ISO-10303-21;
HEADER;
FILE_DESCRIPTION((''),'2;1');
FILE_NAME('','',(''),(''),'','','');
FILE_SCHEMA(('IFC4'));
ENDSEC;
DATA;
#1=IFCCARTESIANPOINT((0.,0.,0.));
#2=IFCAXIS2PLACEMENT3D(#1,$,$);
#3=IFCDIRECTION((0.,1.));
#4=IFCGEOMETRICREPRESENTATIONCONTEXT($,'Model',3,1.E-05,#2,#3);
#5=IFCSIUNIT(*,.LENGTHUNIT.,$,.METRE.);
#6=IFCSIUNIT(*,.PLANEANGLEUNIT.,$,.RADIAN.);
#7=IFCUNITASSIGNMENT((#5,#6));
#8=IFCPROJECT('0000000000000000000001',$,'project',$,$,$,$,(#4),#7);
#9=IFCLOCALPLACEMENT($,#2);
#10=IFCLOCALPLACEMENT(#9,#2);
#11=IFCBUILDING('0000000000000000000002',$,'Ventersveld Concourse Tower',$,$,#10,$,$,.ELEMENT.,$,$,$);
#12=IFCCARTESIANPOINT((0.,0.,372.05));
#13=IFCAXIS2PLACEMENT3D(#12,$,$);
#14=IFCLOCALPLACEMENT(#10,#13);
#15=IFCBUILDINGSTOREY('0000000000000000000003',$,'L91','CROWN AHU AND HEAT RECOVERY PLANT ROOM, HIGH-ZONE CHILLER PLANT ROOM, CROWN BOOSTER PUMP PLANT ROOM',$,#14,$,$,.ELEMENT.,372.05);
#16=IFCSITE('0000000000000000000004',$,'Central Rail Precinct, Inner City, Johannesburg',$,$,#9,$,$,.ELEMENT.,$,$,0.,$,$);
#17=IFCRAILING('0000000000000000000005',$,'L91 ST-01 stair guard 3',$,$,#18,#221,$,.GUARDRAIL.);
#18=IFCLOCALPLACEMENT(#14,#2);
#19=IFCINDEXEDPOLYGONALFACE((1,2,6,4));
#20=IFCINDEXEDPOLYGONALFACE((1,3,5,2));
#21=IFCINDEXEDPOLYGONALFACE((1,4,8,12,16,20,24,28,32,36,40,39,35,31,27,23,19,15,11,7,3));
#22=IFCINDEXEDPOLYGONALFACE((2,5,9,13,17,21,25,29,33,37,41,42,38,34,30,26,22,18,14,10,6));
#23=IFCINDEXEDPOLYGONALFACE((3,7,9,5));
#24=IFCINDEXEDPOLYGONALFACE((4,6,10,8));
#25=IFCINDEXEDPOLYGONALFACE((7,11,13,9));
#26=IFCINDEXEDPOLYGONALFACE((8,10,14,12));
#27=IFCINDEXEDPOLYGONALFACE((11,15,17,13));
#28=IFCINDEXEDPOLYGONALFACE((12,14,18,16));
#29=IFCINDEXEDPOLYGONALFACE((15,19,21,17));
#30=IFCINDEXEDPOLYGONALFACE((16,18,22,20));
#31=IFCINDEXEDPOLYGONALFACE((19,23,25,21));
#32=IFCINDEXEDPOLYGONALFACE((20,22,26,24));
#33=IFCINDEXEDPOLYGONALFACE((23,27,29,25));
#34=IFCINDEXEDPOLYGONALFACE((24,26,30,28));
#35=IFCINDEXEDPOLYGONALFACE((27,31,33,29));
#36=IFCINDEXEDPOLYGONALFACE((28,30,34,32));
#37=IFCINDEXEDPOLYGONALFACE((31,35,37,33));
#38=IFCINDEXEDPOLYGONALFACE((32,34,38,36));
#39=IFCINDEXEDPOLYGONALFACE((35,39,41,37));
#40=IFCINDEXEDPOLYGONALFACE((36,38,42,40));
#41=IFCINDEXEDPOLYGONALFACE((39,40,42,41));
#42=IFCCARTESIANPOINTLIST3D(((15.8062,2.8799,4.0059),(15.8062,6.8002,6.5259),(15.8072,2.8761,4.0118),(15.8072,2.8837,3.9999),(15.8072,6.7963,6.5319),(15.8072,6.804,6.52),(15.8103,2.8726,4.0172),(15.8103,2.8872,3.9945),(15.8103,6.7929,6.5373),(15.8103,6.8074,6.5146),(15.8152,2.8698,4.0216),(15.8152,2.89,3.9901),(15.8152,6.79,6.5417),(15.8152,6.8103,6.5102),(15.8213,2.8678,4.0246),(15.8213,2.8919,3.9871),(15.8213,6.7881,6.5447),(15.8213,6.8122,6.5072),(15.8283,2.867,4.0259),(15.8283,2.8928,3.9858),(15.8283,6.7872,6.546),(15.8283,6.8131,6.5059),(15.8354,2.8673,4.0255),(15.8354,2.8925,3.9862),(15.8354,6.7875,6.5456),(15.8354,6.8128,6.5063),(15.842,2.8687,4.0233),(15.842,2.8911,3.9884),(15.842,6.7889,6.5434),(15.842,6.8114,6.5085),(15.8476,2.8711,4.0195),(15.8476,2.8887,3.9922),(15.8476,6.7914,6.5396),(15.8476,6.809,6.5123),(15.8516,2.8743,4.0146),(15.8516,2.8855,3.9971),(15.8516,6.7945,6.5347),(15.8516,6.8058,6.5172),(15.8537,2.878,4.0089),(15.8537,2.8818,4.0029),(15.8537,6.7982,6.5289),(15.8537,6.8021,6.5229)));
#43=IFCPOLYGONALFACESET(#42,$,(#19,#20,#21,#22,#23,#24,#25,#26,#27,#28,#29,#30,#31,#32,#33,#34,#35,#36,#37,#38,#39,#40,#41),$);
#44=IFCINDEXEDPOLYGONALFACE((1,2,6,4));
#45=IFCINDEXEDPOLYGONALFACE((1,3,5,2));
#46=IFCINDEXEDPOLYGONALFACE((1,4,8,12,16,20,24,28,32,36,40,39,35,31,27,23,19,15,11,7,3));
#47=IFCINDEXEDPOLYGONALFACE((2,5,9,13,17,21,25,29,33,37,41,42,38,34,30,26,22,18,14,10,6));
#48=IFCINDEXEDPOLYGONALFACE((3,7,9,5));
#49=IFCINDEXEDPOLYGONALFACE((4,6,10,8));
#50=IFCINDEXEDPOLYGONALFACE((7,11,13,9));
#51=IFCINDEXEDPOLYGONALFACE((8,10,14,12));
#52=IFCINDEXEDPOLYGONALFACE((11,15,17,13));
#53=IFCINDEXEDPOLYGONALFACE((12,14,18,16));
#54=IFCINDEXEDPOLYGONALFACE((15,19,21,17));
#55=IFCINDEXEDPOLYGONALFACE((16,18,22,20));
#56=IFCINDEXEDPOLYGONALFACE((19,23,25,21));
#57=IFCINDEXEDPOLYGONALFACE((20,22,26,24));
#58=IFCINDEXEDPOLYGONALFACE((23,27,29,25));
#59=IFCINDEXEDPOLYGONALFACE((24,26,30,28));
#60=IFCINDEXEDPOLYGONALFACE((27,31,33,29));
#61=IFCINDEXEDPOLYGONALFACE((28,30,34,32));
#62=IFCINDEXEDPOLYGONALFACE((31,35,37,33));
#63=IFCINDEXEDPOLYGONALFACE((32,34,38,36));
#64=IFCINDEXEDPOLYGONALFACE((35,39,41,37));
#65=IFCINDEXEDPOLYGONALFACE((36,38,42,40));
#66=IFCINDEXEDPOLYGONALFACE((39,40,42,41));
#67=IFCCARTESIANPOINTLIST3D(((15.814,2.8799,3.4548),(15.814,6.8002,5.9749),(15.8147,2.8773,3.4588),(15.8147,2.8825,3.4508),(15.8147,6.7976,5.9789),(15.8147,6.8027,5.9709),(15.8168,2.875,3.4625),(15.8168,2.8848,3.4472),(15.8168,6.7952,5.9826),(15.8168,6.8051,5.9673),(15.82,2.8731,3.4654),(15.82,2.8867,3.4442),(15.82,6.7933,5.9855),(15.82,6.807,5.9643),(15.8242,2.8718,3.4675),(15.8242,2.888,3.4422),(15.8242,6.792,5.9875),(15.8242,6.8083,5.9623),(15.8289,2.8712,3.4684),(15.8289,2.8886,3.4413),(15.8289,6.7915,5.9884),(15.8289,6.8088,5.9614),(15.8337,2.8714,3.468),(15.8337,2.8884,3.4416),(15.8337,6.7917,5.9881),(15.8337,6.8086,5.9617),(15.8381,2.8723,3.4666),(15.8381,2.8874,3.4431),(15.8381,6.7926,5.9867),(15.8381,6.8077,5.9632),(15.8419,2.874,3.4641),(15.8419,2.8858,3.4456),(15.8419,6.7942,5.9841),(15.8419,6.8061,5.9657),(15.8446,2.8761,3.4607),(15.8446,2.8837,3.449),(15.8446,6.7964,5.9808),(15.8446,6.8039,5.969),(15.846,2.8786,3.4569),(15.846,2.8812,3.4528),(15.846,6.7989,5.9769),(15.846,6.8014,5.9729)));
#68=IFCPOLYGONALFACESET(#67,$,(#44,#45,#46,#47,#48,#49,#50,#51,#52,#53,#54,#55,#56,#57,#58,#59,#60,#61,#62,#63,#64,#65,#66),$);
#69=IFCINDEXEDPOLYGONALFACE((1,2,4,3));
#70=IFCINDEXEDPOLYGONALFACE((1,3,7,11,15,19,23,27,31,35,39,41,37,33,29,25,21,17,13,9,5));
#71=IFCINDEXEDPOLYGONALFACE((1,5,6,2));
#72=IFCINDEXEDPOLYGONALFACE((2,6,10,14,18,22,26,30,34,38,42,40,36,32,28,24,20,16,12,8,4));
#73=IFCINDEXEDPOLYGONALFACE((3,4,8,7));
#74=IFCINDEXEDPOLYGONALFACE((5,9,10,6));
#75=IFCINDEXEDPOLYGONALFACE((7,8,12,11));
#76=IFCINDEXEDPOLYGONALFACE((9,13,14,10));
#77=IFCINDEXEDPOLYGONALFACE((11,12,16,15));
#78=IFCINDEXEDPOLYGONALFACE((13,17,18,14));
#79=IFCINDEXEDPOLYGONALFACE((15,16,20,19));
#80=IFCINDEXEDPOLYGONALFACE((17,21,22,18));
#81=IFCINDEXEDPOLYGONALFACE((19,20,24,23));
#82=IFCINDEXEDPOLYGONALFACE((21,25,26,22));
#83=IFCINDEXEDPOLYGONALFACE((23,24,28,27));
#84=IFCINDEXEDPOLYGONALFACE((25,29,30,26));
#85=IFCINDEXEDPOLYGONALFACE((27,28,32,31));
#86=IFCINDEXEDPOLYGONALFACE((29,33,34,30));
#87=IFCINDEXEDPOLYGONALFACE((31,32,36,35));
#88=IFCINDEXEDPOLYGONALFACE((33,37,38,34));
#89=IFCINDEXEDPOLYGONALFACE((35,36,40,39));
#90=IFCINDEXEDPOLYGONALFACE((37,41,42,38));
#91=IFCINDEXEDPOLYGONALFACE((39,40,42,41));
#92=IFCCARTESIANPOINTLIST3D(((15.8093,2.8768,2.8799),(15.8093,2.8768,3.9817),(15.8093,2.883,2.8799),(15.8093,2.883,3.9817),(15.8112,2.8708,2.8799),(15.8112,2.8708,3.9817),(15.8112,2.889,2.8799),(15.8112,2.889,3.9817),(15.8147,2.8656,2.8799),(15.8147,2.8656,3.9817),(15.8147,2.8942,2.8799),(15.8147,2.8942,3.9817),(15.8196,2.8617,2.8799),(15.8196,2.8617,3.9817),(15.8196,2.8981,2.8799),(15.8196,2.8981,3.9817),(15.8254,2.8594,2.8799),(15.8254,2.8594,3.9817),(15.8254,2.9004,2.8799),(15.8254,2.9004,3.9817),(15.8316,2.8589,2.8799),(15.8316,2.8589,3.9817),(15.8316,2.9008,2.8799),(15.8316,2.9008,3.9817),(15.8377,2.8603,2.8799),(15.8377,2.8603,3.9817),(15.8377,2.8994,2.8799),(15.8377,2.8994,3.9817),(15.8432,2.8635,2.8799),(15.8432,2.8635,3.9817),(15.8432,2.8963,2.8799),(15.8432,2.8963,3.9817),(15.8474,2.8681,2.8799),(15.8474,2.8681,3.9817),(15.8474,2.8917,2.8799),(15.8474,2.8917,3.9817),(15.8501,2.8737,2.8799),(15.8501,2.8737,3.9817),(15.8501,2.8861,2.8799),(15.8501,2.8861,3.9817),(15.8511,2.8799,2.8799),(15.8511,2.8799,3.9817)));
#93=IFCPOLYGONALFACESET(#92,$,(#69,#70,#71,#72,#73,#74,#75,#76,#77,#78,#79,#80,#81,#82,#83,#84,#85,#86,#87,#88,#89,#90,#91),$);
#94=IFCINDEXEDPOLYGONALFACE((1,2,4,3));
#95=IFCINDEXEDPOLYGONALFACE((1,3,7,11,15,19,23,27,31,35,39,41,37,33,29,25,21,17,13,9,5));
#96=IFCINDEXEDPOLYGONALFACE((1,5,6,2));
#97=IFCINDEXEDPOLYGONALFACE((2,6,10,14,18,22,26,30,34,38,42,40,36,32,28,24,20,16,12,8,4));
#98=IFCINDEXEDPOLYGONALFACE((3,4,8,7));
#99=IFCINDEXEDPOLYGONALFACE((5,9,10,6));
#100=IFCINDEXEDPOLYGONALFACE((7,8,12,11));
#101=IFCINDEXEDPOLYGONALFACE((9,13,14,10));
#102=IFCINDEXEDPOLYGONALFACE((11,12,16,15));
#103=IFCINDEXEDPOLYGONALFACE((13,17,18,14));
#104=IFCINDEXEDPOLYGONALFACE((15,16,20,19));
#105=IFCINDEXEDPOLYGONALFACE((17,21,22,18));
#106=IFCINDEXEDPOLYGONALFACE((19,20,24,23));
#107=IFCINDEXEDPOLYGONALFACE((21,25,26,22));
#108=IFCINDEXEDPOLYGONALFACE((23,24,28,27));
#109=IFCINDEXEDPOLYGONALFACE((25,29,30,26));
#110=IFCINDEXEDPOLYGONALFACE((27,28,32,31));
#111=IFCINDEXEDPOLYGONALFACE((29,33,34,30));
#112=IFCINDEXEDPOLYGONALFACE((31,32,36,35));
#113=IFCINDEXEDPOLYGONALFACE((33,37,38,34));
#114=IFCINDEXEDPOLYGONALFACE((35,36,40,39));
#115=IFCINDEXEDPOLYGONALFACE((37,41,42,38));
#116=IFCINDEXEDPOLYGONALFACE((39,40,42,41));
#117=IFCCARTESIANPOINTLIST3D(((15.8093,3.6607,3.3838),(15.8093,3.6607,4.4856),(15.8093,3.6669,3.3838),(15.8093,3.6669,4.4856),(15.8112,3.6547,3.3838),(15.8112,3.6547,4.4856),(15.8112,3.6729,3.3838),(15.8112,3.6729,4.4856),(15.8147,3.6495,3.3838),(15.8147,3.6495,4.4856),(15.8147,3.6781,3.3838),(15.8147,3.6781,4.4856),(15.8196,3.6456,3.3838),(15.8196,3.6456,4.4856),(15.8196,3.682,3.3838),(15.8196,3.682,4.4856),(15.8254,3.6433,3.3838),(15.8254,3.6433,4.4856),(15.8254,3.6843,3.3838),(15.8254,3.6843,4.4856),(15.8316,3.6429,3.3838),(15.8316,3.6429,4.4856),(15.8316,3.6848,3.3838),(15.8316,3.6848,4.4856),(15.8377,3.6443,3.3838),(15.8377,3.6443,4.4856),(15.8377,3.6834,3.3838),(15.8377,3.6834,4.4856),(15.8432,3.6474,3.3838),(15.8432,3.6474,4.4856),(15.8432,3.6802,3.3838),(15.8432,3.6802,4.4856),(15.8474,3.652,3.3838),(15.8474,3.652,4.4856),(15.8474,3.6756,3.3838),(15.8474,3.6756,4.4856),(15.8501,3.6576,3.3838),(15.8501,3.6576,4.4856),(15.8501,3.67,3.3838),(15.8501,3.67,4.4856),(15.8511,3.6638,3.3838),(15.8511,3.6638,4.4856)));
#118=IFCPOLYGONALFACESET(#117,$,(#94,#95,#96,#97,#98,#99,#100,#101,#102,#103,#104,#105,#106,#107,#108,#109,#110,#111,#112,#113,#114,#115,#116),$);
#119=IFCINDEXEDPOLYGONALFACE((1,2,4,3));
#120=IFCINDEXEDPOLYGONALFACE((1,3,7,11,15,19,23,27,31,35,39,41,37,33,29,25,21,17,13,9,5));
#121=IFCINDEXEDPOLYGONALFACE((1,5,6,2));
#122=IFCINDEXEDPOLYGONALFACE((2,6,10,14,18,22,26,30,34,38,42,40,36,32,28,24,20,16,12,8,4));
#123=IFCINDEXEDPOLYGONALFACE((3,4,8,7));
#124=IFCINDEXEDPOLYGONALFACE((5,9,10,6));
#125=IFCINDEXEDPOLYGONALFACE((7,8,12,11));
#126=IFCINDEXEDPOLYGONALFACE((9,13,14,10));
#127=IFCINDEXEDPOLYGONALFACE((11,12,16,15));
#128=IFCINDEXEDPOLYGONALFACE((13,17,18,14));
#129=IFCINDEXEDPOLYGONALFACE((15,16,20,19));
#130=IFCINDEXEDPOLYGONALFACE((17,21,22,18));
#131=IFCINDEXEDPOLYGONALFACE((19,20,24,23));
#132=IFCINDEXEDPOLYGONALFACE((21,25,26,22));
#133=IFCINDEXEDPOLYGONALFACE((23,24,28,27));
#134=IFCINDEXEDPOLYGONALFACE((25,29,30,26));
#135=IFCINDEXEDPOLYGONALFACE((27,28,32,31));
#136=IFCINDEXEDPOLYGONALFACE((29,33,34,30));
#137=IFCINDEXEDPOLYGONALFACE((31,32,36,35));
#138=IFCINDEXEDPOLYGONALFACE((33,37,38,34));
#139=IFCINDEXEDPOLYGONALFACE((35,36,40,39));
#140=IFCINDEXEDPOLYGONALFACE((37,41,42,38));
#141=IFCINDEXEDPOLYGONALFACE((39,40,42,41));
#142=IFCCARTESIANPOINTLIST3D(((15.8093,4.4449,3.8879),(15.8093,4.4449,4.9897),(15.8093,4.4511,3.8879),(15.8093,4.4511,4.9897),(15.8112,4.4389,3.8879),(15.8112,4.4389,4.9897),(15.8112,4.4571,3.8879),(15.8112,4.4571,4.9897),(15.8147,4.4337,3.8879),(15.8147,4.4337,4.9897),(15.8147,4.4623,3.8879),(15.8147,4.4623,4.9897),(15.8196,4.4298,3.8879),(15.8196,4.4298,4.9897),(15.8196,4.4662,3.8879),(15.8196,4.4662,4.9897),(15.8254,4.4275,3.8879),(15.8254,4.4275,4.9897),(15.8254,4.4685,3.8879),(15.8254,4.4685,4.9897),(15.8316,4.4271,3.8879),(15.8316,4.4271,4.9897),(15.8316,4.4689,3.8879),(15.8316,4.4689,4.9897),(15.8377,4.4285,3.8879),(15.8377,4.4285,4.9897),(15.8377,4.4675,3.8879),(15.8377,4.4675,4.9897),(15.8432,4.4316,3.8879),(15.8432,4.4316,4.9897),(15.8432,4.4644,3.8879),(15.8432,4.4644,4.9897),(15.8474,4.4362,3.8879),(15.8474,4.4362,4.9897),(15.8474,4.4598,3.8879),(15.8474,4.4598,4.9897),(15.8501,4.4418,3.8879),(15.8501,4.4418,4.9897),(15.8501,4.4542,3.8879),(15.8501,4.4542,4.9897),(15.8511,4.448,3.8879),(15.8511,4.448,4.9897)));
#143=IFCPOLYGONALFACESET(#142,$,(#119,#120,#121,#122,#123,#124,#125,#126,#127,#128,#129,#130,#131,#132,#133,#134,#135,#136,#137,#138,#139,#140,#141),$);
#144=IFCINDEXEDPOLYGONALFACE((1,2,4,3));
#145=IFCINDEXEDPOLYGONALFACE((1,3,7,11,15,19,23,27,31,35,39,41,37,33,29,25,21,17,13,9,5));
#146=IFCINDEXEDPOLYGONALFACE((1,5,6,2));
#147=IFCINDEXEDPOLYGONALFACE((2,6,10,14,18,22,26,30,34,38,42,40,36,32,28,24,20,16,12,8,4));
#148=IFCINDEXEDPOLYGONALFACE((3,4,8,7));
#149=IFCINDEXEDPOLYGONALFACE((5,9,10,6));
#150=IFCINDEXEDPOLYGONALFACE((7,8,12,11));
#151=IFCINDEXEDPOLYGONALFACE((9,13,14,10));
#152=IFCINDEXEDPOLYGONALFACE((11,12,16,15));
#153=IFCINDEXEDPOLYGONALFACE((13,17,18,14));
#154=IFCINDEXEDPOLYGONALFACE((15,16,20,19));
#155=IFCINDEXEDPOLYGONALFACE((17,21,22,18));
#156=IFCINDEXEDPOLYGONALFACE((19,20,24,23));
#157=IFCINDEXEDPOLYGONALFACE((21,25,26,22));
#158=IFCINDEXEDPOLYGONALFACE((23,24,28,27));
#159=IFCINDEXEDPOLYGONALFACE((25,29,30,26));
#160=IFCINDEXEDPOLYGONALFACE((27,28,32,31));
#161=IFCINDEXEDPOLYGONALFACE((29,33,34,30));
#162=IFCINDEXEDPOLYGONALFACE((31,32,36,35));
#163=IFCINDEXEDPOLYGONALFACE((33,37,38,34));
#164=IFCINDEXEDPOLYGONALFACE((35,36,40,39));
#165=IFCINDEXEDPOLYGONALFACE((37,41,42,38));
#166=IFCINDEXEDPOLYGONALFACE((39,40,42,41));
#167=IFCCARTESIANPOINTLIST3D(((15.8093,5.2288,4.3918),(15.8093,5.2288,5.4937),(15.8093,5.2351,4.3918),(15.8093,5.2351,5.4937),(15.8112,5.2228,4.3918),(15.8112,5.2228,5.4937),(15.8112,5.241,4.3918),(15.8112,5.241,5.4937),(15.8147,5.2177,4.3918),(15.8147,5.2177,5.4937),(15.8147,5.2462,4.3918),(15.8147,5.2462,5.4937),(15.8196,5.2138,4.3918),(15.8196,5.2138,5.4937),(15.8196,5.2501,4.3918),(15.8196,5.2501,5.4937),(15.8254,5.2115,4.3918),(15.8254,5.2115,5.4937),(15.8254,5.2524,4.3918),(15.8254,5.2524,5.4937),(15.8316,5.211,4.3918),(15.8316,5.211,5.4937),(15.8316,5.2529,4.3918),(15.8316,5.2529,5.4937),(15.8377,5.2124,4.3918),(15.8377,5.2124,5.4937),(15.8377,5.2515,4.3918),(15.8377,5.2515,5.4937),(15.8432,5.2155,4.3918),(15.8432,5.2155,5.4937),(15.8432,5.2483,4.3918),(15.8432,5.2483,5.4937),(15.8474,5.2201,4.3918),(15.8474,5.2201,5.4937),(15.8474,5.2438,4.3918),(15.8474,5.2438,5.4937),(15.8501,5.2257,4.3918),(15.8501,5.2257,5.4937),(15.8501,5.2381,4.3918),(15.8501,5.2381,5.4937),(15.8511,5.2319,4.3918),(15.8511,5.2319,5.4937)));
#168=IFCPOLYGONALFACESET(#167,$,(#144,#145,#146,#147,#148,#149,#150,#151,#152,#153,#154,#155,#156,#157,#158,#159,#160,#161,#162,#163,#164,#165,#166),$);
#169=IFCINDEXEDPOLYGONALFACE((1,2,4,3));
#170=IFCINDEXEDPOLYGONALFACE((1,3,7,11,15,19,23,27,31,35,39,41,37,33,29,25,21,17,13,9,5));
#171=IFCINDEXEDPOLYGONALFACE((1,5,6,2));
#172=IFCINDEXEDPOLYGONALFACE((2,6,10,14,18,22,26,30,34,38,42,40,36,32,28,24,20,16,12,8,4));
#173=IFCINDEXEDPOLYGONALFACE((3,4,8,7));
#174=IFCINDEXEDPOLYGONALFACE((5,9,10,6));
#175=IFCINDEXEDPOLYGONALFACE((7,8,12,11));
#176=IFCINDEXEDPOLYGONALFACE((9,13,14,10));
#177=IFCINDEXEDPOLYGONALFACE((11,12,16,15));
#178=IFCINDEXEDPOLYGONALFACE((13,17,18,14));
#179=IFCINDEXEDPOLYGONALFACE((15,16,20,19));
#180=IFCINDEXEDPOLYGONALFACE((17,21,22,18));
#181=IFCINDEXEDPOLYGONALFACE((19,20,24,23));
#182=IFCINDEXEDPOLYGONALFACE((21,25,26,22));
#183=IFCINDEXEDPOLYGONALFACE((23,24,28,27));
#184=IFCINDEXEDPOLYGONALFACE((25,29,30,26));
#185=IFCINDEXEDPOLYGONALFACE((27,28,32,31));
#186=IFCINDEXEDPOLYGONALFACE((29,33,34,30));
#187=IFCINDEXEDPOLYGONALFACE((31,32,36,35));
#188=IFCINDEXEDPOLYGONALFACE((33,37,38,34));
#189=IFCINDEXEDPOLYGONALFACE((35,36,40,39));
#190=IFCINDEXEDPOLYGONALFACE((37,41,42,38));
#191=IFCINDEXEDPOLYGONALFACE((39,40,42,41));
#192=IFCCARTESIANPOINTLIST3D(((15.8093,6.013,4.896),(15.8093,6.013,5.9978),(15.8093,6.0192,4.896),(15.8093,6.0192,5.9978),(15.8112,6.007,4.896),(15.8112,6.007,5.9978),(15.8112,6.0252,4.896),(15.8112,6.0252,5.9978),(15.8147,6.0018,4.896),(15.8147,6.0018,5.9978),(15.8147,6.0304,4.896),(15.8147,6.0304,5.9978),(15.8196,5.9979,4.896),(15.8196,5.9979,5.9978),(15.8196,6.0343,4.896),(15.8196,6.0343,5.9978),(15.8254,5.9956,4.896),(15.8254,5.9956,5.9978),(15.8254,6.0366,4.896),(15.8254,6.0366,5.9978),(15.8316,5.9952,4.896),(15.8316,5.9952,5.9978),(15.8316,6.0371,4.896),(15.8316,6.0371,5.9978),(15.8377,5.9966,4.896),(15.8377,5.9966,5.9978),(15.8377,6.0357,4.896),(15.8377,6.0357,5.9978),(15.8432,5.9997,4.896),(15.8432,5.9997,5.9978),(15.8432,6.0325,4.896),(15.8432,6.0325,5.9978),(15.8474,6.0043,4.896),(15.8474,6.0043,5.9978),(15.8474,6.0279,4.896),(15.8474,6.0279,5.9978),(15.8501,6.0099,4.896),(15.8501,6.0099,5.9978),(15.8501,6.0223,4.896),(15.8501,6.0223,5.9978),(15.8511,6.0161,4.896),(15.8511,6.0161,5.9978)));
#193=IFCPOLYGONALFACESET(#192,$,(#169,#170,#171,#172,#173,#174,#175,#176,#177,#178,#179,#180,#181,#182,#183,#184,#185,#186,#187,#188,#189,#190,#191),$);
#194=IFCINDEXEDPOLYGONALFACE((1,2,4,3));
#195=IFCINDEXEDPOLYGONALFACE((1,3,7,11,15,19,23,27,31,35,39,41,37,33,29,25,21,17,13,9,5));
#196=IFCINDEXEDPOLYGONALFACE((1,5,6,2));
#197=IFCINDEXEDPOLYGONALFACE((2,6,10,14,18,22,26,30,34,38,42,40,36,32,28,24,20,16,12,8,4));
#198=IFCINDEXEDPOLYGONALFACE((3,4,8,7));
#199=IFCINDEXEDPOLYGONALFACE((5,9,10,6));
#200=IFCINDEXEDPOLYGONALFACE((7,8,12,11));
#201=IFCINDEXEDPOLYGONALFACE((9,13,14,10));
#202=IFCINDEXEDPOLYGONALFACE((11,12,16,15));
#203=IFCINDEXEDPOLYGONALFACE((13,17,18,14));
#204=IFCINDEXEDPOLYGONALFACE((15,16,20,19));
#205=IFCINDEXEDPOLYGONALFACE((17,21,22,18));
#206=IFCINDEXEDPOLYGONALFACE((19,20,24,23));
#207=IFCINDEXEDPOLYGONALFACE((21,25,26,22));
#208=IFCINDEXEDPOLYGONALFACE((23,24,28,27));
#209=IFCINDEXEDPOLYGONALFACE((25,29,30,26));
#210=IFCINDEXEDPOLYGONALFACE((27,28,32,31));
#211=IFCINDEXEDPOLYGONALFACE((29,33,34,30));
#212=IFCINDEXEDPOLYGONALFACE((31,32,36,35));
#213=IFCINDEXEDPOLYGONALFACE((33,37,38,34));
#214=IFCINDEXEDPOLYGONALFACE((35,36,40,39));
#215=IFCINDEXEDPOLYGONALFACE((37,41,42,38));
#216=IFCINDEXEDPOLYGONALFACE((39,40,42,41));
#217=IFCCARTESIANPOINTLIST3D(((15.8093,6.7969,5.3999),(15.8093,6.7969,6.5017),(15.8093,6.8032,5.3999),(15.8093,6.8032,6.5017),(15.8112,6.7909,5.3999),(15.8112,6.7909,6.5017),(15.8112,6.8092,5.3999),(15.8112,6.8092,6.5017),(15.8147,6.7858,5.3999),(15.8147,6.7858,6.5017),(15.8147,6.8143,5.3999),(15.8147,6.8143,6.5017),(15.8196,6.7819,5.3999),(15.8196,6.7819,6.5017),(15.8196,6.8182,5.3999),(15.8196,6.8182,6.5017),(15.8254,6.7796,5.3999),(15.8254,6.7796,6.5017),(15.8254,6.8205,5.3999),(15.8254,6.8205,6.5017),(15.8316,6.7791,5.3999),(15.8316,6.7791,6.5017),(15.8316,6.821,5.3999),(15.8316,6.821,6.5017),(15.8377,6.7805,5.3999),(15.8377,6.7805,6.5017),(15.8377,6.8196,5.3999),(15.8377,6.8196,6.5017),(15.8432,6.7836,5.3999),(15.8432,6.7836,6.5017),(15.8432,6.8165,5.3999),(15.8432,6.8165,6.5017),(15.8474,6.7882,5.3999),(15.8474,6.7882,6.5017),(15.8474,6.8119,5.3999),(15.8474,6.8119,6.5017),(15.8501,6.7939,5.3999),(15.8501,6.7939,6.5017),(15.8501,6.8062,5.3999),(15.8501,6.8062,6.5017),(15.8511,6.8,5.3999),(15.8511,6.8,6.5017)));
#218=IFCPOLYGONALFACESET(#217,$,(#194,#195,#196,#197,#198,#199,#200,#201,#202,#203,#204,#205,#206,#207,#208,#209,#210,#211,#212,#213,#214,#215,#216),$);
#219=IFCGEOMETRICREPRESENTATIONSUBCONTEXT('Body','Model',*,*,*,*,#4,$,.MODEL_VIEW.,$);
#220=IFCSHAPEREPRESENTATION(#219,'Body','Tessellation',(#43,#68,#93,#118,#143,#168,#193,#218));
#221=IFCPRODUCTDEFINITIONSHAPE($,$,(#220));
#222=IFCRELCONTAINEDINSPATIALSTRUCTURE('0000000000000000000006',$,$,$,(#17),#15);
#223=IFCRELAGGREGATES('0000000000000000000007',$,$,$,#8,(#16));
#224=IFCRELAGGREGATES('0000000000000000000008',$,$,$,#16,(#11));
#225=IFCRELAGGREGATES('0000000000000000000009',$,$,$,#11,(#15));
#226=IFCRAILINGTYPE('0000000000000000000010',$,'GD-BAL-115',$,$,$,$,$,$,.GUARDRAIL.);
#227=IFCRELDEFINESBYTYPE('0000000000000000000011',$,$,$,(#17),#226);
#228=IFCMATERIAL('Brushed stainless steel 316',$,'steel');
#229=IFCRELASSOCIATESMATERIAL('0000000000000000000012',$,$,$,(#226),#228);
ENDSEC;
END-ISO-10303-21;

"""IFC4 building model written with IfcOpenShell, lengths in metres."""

from ifc_helpers import new_model, si_unit, direction, frame, origin, origin_2d, place, context, subcontext, project, spatial, circle, extrude, material, type_object, element, save


model = new_model("IFC4")

# Units and contexts
model_context = context("Model", 3, precision=1e-05, world=origin(), true_north=direction((0.0, 1.0)))
body_context = subcontext(model_context, "Body", "Model", "MODEL_VIEW")
ifc_project = project(units=[si_unit("LENGTHUNIT", "METRE"), si_unit("PLANEANGLEUNIT", "RADIAN")], contexts=[model_context])

# Site, building, storey
site_placement = place(None, origin())
site = spatial("IfcSite", under=ifc_project, at=site_placement, Name="Central Rail Precinct, Inner City, Johannesburg", CompositionType="ELEMENT", RefElevation=0.0)
building_placement = place(site_placement, origin())
building = spatial("IfcBuilding", under=site, at=building_placement, Name="Ventersveld Concourse Tower", CompositionType="ELEMENT")
storey_placement = place(building_placement, frame((0.0, 0.0, 372.05)))
storey = spatial("IfcBuildingStorey", under=building, at=storey_placement, Name="L91", Description="CROWN AHU AND HEAT RECOVERY PLANT ROOM, HIGH-ZONE CHILLER PLANT ROOM, CROWN BOOSTER PUMP PLANT ROOM", CompositionType="ELEMENT", Elevation=372.05)

# Shared definitions
ifc_material_1 = material(Name="Brushed stainless steel 316", Category="steel")

# Railing
railing_type_1 = type_object("IfcRailingType", Name="GD-BAL-115", PredefinedType="GUARDRAIL", material=ifc_material_1)
railing_1_placement = place(storey_placement, frame((15.8301, 2.8799, 2.8799)))
element("IfcRailing", 1, at=railing_1_placement, inside=storey, type_object=railing_type_1, Name="L91 ST-01 stair guard 3", PredefinedType="GUARDRAIL", context=body_context, shape_type="SweptSolid", body=[
    extrude(circle(Radius=0.0239, at=origin_2d()), frame((0.0, 0.0, 1.126), z_axis=(0.0, 0.841187, 0.540744), x_axis=(-1.0, 0.0, 0.0)), (0.0, 0.0, 1.0), 4.6604),
    extrude(circle(Radius=0.0161, at=origin_2d()), frame((0.0, 0.0, 0.575), z_axis=(0.0, 0.841187, 0.540744), x_axis=(-1.0, 0.0, 0.0)), (0.0, 0.0, 1.0), 4.6604),
    extrude(circle(Radius=0.021, at=origin_2d()), origin(), (0.0, 0.0, 1.0), 1.1018),
    extrude(circle(Radius=0.021, at=origin_2d()), frame((0.0, 0.7839, 0.5039)), (0.0, 0.0, 1.0), 1.1018),
    extrude(circle(Radius=0.021, at=origin_2d()), frame((0.0, 1.5681, 1.0081)), (0.0, 0.0, 1.0), 1.1018),
    extrude(circle(Radius=0.021, at=origin_2d()), frame((0.0, 2.3521, 1.512)), (0.0, 0.0, 1.0), 1.1018),
    extrude(circle(Radius=0.021, at=origin_2d()), frame((0.0, 3.1362, 2.0161)), (0.0, 0.0, 1.0), 1.1018),
    extrude(circle(Radius=0.021, at=origin_2d()), frame((0.0, 3.9202, 2.52)), (0.0, 0.0, 1.0), 1.1018),
])

save(model, "model.ifc")
